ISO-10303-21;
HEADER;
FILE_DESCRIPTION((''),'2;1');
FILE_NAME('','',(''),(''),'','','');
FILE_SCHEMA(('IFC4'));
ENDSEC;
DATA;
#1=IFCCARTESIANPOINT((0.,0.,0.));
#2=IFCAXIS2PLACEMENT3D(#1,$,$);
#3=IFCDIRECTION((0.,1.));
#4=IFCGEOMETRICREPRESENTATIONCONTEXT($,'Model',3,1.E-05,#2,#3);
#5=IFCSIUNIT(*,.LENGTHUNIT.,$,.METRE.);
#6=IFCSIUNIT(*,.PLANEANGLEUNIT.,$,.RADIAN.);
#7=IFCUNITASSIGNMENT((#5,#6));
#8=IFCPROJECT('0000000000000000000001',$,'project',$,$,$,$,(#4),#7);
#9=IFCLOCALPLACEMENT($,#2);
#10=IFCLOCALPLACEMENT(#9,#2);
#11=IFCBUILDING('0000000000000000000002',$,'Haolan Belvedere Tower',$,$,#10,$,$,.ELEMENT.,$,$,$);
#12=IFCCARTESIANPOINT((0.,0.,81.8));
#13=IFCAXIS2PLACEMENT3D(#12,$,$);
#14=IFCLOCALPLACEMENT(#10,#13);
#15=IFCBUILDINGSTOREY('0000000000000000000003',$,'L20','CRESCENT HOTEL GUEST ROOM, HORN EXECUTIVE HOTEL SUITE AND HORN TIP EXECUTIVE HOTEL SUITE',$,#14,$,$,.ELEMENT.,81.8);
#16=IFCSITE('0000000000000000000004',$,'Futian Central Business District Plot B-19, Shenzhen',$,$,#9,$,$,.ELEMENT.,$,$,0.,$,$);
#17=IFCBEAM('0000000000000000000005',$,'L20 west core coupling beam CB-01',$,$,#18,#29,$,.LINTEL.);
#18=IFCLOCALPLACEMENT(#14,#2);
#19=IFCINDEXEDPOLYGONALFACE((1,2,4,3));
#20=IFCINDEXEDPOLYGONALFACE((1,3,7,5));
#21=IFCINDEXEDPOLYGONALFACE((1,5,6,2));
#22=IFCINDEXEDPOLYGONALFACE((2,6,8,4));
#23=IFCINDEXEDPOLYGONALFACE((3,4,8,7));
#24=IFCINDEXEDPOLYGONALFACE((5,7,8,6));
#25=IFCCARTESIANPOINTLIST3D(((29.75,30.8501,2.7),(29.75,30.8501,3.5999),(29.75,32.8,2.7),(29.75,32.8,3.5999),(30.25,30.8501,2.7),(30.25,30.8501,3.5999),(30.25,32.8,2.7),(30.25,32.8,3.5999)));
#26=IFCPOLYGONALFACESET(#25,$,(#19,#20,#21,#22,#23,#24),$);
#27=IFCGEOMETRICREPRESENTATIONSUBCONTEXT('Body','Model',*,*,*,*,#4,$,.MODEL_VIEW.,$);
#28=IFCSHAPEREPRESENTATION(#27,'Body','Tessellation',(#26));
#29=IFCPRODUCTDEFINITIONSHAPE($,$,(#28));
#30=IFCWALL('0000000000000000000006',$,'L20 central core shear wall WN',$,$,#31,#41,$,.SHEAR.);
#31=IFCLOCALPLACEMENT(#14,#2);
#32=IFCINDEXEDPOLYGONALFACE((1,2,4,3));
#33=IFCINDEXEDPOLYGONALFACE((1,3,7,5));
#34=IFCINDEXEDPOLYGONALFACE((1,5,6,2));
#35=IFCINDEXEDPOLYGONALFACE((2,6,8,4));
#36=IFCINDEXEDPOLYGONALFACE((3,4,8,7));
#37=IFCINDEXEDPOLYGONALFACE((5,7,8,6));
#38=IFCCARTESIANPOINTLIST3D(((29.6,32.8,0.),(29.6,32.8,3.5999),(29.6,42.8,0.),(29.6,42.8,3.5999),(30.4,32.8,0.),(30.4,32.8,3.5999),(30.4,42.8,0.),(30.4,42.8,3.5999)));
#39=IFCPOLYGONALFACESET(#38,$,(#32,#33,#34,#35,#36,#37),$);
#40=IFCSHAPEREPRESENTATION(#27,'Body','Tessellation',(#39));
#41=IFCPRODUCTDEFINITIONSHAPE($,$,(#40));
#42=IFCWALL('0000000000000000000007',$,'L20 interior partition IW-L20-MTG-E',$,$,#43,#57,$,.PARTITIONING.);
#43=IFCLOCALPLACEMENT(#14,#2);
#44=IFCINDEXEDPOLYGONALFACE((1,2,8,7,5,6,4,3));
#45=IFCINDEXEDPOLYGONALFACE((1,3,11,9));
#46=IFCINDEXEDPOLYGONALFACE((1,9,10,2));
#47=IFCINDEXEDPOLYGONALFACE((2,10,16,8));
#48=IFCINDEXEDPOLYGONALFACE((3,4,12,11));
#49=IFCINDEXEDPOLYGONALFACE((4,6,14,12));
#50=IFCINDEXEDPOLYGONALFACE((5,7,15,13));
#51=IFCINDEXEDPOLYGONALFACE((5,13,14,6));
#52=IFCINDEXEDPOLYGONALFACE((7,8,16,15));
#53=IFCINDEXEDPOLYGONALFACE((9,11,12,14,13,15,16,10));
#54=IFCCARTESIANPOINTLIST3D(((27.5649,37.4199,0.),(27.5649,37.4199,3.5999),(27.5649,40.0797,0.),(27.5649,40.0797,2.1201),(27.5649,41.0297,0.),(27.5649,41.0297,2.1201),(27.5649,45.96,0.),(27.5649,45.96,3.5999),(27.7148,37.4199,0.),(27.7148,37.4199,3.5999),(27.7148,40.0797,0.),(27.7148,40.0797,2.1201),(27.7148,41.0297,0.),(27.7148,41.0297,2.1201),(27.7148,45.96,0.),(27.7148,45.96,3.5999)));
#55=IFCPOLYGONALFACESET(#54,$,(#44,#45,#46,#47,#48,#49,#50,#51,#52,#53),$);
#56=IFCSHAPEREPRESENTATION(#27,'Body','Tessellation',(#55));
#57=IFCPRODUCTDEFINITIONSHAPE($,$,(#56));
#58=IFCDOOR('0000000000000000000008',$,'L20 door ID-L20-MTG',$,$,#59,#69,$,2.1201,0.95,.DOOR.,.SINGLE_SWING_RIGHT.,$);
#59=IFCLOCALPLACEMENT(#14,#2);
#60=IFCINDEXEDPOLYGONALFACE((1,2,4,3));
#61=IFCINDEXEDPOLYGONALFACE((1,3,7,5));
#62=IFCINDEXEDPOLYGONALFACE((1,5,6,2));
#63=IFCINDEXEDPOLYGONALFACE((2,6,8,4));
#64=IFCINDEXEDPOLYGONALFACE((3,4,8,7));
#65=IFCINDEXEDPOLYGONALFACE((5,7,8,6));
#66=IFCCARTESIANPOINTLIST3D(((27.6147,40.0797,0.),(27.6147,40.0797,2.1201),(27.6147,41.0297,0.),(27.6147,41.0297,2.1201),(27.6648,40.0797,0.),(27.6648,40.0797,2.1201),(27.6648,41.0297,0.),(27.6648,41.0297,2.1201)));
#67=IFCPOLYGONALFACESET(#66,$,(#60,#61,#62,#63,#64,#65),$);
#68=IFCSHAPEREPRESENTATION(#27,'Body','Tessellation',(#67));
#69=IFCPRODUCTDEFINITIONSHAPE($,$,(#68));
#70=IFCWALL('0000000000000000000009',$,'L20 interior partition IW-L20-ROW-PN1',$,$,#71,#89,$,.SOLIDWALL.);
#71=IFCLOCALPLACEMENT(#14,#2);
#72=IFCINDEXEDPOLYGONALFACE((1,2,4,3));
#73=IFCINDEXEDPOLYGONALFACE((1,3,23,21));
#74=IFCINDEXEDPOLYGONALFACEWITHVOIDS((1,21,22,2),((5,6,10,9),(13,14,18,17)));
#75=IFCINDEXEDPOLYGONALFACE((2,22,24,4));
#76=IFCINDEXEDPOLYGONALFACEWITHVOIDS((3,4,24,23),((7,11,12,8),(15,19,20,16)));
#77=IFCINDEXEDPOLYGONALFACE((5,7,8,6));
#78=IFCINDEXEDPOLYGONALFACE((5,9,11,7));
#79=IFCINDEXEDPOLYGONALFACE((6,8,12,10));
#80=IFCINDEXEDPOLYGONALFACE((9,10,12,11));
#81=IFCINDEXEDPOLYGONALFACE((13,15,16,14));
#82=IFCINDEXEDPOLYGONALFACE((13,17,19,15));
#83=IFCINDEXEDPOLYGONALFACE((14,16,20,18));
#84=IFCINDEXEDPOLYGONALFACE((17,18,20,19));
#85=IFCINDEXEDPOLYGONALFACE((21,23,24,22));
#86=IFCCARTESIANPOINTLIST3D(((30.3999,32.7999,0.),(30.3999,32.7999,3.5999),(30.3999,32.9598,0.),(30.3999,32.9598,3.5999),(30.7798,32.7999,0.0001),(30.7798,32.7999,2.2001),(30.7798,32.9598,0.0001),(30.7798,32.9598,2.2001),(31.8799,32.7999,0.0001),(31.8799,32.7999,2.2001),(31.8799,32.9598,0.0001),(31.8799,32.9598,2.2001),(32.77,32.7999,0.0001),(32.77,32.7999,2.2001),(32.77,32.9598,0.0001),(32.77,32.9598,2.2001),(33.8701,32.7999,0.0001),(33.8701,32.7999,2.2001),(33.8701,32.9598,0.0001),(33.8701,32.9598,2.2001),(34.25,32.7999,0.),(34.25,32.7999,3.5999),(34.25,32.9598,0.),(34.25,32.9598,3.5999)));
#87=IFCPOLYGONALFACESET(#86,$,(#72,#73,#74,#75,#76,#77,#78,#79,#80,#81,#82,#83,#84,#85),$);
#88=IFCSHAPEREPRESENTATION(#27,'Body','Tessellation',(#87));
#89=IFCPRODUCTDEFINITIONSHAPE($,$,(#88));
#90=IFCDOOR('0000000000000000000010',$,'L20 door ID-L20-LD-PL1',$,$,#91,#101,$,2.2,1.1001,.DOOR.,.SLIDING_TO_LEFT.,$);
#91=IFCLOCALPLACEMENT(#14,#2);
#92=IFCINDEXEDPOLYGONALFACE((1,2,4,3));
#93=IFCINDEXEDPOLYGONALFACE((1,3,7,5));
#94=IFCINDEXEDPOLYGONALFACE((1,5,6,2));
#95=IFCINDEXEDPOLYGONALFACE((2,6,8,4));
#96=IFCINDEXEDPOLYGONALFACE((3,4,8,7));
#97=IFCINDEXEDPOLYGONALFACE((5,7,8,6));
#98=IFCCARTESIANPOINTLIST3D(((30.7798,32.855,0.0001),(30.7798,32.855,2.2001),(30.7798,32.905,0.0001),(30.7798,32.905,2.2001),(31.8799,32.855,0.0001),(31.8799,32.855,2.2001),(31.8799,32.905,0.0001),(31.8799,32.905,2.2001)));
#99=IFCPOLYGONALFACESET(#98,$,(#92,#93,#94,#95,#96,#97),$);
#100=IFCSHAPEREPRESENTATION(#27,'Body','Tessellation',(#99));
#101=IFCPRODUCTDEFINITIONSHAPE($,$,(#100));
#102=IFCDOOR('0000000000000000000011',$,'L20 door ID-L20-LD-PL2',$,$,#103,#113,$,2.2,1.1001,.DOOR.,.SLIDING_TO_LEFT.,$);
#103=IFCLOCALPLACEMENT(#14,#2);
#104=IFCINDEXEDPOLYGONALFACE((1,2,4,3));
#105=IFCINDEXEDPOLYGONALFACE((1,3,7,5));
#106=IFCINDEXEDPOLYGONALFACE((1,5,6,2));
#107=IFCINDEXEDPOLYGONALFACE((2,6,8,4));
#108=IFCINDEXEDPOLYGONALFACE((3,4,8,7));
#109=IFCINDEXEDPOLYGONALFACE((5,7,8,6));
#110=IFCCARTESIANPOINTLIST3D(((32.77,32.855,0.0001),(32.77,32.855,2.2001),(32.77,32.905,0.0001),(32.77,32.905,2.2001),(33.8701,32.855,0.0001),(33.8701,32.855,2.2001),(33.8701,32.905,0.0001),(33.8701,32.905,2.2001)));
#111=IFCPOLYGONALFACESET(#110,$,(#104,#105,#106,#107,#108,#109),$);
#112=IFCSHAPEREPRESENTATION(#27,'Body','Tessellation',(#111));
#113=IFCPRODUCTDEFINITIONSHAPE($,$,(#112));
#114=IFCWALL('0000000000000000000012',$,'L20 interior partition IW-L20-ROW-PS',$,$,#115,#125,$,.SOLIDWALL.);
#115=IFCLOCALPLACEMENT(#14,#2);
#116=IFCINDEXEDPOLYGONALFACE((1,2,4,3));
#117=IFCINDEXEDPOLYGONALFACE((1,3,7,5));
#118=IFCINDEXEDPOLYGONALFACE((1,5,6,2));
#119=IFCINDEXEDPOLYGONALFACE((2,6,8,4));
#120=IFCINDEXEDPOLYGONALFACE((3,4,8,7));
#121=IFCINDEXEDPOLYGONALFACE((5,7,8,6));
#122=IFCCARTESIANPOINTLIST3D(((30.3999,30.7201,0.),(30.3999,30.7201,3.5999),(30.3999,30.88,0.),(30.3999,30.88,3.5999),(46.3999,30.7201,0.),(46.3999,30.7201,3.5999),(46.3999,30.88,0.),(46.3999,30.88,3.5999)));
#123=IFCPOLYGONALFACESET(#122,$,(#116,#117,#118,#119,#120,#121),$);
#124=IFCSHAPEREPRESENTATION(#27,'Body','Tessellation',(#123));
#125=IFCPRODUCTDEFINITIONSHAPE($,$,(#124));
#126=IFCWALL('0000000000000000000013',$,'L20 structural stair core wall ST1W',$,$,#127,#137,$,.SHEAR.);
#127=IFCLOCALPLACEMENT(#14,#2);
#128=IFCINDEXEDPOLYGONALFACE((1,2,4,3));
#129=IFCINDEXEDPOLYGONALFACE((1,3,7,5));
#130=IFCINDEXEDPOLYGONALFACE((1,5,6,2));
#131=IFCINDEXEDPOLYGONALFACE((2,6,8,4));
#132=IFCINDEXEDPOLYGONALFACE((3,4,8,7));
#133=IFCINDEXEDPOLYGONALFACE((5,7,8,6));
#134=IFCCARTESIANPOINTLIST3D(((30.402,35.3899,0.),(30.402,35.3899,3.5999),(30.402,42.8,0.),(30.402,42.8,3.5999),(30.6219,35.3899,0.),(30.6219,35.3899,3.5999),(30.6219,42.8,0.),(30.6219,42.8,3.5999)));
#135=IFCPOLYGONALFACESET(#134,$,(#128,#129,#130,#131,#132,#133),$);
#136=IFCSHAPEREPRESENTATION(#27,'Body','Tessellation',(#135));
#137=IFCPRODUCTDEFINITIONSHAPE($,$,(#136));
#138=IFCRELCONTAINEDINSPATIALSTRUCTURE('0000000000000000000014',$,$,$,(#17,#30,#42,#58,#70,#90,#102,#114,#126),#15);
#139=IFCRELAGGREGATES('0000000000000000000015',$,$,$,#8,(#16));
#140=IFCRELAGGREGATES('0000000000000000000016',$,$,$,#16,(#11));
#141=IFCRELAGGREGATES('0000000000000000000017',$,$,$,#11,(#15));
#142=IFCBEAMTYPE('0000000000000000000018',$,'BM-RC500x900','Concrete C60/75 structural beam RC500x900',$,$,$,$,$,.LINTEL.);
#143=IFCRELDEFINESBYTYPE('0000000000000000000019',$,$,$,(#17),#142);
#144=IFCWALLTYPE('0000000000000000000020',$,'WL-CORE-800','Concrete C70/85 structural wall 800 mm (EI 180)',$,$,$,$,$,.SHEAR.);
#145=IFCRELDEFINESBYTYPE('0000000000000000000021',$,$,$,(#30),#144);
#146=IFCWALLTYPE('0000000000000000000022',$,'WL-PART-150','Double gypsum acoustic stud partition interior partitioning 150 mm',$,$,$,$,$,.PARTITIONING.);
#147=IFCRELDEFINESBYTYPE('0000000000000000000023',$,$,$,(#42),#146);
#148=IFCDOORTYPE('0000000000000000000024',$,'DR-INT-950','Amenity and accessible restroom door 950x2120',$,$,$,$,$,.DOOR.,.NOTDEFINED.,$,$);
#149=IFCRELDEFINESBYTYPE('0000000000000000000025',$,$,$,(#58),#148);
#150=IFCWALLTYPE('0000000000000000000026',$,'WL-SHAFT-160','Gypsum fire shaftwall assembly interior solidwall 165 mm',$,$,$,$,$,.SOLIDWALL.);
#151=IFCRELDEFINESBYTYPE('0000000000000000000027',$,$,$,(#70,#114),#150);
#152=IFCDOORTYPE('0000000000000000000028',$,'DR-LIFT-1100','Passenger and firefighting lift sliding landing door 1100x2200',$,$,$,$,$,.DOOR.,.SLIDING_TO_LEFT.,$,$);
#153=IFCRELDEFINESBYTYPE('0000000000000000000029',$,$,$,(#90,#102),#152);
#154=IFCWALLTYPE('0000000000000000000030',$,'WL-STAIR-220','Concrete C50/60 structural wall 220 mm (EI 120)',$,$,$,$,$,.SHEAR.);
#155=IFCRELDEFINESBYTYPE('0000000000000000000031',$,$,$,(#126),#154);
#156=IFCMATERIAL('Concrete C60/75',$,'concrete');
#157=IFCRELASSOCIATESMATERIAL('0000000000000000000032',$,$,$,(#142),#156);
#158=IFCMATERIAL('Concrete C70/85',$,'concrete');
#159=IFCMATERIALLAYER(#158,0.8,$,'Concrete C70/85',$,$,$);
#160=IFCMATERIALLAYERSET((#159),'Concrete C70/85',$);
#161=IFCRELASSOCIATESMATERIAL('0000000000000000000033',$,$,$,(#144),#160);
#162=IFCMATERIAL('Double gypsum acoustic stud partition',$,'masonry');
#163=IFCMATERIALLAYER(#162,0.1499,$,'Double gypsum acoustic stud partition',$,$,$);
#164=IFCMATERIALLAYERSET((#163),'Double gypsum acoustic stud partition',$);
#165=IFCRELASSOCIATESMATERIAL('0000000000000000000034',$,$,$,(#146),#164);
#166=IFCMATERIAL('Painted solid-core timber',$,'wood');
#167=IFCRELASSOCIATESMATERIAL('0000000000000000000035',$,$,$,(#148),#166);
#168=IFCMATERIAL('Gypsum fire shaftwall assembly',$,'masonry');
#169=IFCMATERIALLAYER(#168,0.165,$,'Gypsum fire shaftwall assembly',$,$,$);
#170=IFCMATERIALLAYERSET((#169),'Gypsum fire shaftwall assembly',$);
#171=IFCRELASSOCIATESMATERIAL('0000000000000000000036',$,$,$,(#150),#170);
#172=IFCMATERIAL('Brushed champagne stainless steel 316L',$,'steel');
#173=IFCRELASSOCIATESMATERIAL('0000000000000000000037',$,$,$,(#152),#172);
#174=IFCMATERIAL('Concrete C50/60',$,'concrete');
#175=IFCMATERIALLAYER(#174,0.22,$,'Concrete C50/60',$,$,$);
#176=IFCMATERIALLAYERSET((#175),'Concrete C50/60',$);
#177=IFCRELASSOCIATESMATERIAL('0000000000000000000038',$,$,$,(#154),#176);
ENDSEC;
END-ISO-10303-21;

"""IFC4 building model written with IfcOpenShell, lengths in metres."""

from ifc_helpers import new_model, si_unit, direction, frame, frame_2d, origin, origin_2d, place, context, subcontext, project, spatial, rectangle, extrude, material, layer, layer_set, material_profile, profile_set, type_object, element, fill, save


model = new_model("IFC4")

# Units and contexts
model_context = context("Model", 3, precision=1e-05, world=origin(), true_north=direction((0.0, 1.0)))
body_context = subcontext(model_context, "Body", "Model", "MODEL_VIEW")
ifc_project = project(units=[si_unit("LENGTHUNIT", "METRE"), si_unit("PLANEANGLEUNIT", "RADIAN")], contexts=[model_context])

# Site, building, storey
site_placement = place(None, origin())
site = spatial("IfcSite", under=ifc_project, at=site_placement, Name="Futian Central Business District Plot B-19, Shenzhen", CompositionType="ELEMENT", RefElevation=0.0)
building_placement = place(site_placement, origin())
building = spatial("IfcBuilding", under=site, at=building_placement, Name="Haolan Belvedere Tower", CompositionType="ELEMENT")
storey_placement = place(building_placement, frame((0.0, 0.0, 81.8)))
storey = spatial("IfcBuildingStorey", under=building, at=storey_placement, Name="L20", Description="CRESCENT HOTEL GUEST ROOM, HORN EXECUTIVE HOTEL SUITE AND HORN TIP EXECUTIVE HOTEL SUITE", CompositionType="ELEMENT", Elevation=81.8)

# Beam
ifc_material_1 = material(Name="Concrete C60/75", Category="concrete")
ifc_material_profile = material_profile(ifc_material_1, rectangle(XDim=0.5, YDim=0.8999, at=origin_2d()), Name="Concrete C60/75")
ifc_profile_set = profile_set([ifc_material_profile], Name="Concrete C60/75")
beam_type = type_object("IfcBeamType", Name="BM-RC500x900", Description="Concrete C60/75 structural beam RC500x900", PredefinedType="LINTEL", material=ifc_profile_set)
beam_placement = place(storey_placement, frame((30.0, 30.8501, 3.1499), z_axis=(0.0, 1.0, 0.0), x_axis=(-1.0, 0.0, 0.0)))
element("IfcBeam", 1, at=beam_placement, inside=storey, type_object=beam_type, Name="L20 west core coupling beam CB-01", PredefinedType="LINTEL", context=body_context, shape_type="SweptSolid", body=[
    extrude(rectangle(XDim=0.5, YDim=0.8999, at=origin_2d()), origin(), (0.0, 0.0, 1.0), 1.95),
])

# Wall
ifc_material_2 = material(Name="Concrete C70/85", Category="concrete")
ifc_layer_1 = layer(ifc_material_2, 0.8, Name="Concrete C70/85")
ifc_layer_set_1 = layer_set([ifc_layer_1], Name="Concrete C70/85")
wall_type_1 = type_object("IfcWallType", Name="WL-CORE-800", Description="Concrete C70/85 structural wall 800 mm (EI 180)", PredefinedType="SHEAR", material=ifc_layer_set_1)
wall_1_placement = place(storey_placement, frame((30.0, 32.8, 0.0), z_axis=(0.0, 0.0, 1.0), x_axis=(0.0, 1.0, 0.0)))
element("IfcWall", 2, at=wall_1_placement, inside=storey, type_object=wall_type_1, Name="L20 central core shear wall WN", PredefinedType="SHEAR", context=body_context, shape_type="SweptSolid", body=[
    extrude(rectangle(XDim=10.0, YDim=0.8, at=frame_2d((5.0, 0.0))), origin(), (0.0, 0.0, 1.0), 3.5999),
])

# Wall, opening, door
ifc_material_3 = material(Name="Double gypsum acoustic stud partition", Category="masonry")
ifc_layer_2 = layer(ifc_material_3, 0.1499, Name="Double gypsum acoustic stud partition")
ifc_layer_set_2 = layer_set([ifc_layer_2], Name="Double gypsum acoustic stud partition")
wall_type_2 = type_object("IfcWallType", Name="WL-PART-150", Description="Double gypsum acoustic stud partition interior partitioning 150 mm", PredefinedType="PARTITIONING", material=ifc_layer_set_2)
ifc_material_4 = material(Name="Painted solid-core timber", Category="wood")
door_type_1 = type_object("IfcDoorType", Name="DR-INT-950", Description="Amenity and accessible restroom door 950x2120", OperationType="NOTDEFINED", PredefinedType="DOOR", material=ifc_material_4)
wall_2_placement = place(storey_placement, frame((27.6399, 37.4199, 0.0), z_axis=(0.0, 0.0, 1.0), x_axis=(0.0, 1.0, 0.0)))
wall_2 = element("IfcWall", 3, at=wall_2_placement, inside=storey, type_object=wall_type_2, Name="L20 interior partition IW-L20-MTG-E", PredefinedType="PARTITIONING", context=body_context, shape_type="SweptSolid", body=[
    extrude(rectangle(XDim=8.54, YDim=0.1499, at=frame_2d((4.27, 0.0))), origin(), (0.0, 0.0, 1.0), 3.5999),
])
opening_1_placement = place(wall_2_placement, frame((3.6099, 0.0, 0.0), z_axis=(0.0, 0.0, 1.0), x_axis=(-1.0, 0.0, 0.0)))
opening_1 = element("IfcOpeningElement", 4, at=opening_1_placement, cuts=wall_2, PredefinedType="OPENING", context=body_context, shape_type="SweptSolid", body=[
    extrude(rectangle(XDim=0.95, YDim=2.1201, at=frame_2d((0.4751, 1.0601))), frame((0.0, 0.085, 0.0), z_axis=(0.0, -1.0, 0.0), x_axis=(1.0, 0.0, 0.0)), (0.0, 0.0, 1.0), 0.1699),
])
door_1_placement = place(opening_1_placement, origin())
door_1 = element("IfcDoor", 5, at=door_1_placement, inside=storey, type_object=door_type_1, Name="L20 door ID-L20-MTG", OperationType="SINGLE_SWING_RIGHT", OverallHeight=2.1201, OverallWidth=0.95, PredefinedType="DOOR", context=body_context, shape_type="SweptSolid", body=[
    extrude(rectangle(XDim=0.95, YDim=2.1201, at=frame_2d((0.4751, 1.0601))), frame((0.0, 0.0249, 0.0), z_axis=(0.0, -1.0, 0.0), x_axis=(1.0, 0.0, 0.0)), (0.0, 0.0, 1.0), 0.05),
])
fill(opening_1, door_1)

# Wall, openings, doors
ifc_material_5 = material(Name="Gypsum fire shaftwall assembly", Category="masonry")
ifc_layer_3 = layer(ifc_material_5, 0.165, Name="Gypsum fire shaftwall assembly")
ifc_layer_set_3 = layer_set([ifc_layer_3], Name="Gypsum fire shaftwall assembly")
wall_type_3 = type_object("IfcWallType", Name="WL-SHAFT-160", Description="Gypsum fire shaftwall assembly interior solidwall 165 mm", PredefinedType="SOLIDWALL", material=ifc_layer_set_3)
wall_3_placement = place(storey_placement, frame((30.3999, 32.8799, 0.0), z_axis=(0.0, 0.0, 1.0), x_axis=(1.0, 0.0, 0.0)))
wall_3 = element("IfcWall", 6, at=wall_3_placement, inside=storey, type_object=wall_type_3, Name="L20 interior partition IW-L20-ROW-PN1", PredefinedType="SOLIDWALL", context=body_context, shape_type="SweptSolid", body=[
    extrude(rectangle(XDim=3.8501, YDim=0.1599, at=frame_2d((1.925, 0.0))), origin(), (0.0, 0.0, 1.0), 3.5999),
])
opening_2_placement = place(wall_3_placement, frame((1.48, 0.0, 0.0), z_axis=(0.0, 0.0, 1.0), x_axis=(-1.0, 0.0, 0.0)))
opening_2 = element("IfcOpeningElement", 7, at=opening_2_placement, cuts=wall_3, PredefinedType="OPENING", context=body_context, shape_type="SweptSolid", body=[
    extrude(rectangle(XDim=1.1001, YDim=2.2, at=frame_2d((0.55, 1.1001))), frame((0.0, 0.0898, 0.0), z_axis=(0.0, -1.0, 0.0), x_axis=(1.0, 0.0, 0.0)), (0.0, 0.0, 1.0), 0.1799),
])
opening_3_placement = place(wall_3_placement, frame((3.4702, 0.0, 0.0), z_axis=(0.0, 0.0, 1.0), x_axis=(-1.0, 0.0, 0.0)))
opening_3 = element("IfcOpeningElement", 8, at=opening_3_placement, cuts=wall_3, PredefinedType="OPENING", context=body_context, shape_type="SweptSolid", body=[
    extrude(rectangle(XDim=1.1001, YDim=2.2, at=frame_2d((0.55, 1.1001))), frame((0.0, 0.0898, 0.0), z_axis=(0.0, -1.0, 0.0), x_axis=(1.0, 0.0, 0.0)), (0.0, 0.0, 1.0), 0.1799),
])
ifc_material_6 = material(Name="Brushed champagne stainless steel 316L", Category="steel")
door_type_2 = type_object("IfcDoorType", Name="DR-LIFT-1100", Description="Passenger and firefighting lift sliding landing door 1100x2200", OperationType="SLIDING_TO_LEFT", PredefinedType="DOOR", material=ifc_material_6)
door_2_placement = place(opening_2_placement, origin())
door_2 = element("IfcDoor", 9, at=door_2_placement, inside=storey, type_object=door_type_2, Name="L20 door ID-L20-LD-PL1", OperationType="SLIDING_TO_LEFT", OverallHeight=2.2, OverallWidth=1.1001, PredefinedType="DOOR", context=body_context, shape_type="SweptSolid", body=[
    extrude(rectangle(XDim=1.1001, YDim=2.2, at=frame_2d((0.55, 1.1001))), frame((0.0, 0.0249, 0.0), z_axis=(0.0, -1.0, 0.0), x_axis=(1.0, 0.0, 0.0)), (0.0, 0.0, 1.0), 0.05),
])
fill(opening_2, door_2)
door_3_placement = place(opening_3_placement, origin())
door_3 = element("IfcDoor", 10, at=door_3_placement, inside=storey, type_object=door_type_2, Name="L20 door ID-L20-LD-PL2", OperationType="SLIDING_TO_LEFT", OverallHeight=2.2, OverallWidth=1.1001, PredefinedType="DOOR", context=body_context, shape_type="SweptSolid", body=[
    extrude(rectangle(XDim=1.1001, YDim=2.2, at=frame_2d((0.55, 1.1001))), frame((0.0, 0.0249, 0.0), z_axis=(0.0, -1.0, 0.0), x_axis=(1.0, 0.0, 0.0)), (0.0, 0.0, 1.0), 0.05),
])
fill(opening_3, door_3)

# Walls
wall_4_placement = place(storey_placement, frame((30.3999, 30.8, 0.0), z_axis=(0.0, 0.0, 1.0), x_axis=(1.0, 0.0, 0.0)))
element("IfcWall", 11, at=wall_4_placement, inside=storey, type_object=wall_type_3, Name="L20 interior partition IW-L20-ROW-PS", PredefinedType="SOLIDWALL", context=body_context, shape_type="SweptSolid", body=[
    extrude(rectangle(XDim=16.0, YDim=0.1599, at=frame_2d((8.0, 0.0))), origin(), (0.0, 0.0, 1.0), 3.5999),
])
ifc_material_7 = material(Name="Concrete C50/60", Category="concrete")
ifc_layer_4 = layer(ifc_material_7, 0.22, Name="Concrete C50/60")
ifc_layer_set_4 = layer_set([ifc_layer_4], Name="Concrete C50/60")
wall_type_4 = type_object("IfcWallType", Name="WL-STAIR-220", Description="Concrete C50/60 structural wall 220 mm (EI 120)", PredefinedType="SHEAR", material=ifc_layer_set_4)
wall_5_placement = place(storey_placement, frame((30.512, 35.3899, 0.0), z_axis=(0.0, 0.0, 1.0), x_axis=(0.0, 1.0, 0.0)))
element("IfcWall", 12, at=wall_5_placement, inside=storey, type_object=wall_type_4, Name="L20 structural stair core wall ST1W", PredefinedType="SHEAR", context=body_context, shape_type="SweptSolid", body=[
    extrude(rectangle(XDim=7.4102, YDim=0.22, at=frame_2d((3.7051, 0.0))), origin(), (0.0, 0.0, 1.0), 3.5999),
])

save(model, "model.ifc")
